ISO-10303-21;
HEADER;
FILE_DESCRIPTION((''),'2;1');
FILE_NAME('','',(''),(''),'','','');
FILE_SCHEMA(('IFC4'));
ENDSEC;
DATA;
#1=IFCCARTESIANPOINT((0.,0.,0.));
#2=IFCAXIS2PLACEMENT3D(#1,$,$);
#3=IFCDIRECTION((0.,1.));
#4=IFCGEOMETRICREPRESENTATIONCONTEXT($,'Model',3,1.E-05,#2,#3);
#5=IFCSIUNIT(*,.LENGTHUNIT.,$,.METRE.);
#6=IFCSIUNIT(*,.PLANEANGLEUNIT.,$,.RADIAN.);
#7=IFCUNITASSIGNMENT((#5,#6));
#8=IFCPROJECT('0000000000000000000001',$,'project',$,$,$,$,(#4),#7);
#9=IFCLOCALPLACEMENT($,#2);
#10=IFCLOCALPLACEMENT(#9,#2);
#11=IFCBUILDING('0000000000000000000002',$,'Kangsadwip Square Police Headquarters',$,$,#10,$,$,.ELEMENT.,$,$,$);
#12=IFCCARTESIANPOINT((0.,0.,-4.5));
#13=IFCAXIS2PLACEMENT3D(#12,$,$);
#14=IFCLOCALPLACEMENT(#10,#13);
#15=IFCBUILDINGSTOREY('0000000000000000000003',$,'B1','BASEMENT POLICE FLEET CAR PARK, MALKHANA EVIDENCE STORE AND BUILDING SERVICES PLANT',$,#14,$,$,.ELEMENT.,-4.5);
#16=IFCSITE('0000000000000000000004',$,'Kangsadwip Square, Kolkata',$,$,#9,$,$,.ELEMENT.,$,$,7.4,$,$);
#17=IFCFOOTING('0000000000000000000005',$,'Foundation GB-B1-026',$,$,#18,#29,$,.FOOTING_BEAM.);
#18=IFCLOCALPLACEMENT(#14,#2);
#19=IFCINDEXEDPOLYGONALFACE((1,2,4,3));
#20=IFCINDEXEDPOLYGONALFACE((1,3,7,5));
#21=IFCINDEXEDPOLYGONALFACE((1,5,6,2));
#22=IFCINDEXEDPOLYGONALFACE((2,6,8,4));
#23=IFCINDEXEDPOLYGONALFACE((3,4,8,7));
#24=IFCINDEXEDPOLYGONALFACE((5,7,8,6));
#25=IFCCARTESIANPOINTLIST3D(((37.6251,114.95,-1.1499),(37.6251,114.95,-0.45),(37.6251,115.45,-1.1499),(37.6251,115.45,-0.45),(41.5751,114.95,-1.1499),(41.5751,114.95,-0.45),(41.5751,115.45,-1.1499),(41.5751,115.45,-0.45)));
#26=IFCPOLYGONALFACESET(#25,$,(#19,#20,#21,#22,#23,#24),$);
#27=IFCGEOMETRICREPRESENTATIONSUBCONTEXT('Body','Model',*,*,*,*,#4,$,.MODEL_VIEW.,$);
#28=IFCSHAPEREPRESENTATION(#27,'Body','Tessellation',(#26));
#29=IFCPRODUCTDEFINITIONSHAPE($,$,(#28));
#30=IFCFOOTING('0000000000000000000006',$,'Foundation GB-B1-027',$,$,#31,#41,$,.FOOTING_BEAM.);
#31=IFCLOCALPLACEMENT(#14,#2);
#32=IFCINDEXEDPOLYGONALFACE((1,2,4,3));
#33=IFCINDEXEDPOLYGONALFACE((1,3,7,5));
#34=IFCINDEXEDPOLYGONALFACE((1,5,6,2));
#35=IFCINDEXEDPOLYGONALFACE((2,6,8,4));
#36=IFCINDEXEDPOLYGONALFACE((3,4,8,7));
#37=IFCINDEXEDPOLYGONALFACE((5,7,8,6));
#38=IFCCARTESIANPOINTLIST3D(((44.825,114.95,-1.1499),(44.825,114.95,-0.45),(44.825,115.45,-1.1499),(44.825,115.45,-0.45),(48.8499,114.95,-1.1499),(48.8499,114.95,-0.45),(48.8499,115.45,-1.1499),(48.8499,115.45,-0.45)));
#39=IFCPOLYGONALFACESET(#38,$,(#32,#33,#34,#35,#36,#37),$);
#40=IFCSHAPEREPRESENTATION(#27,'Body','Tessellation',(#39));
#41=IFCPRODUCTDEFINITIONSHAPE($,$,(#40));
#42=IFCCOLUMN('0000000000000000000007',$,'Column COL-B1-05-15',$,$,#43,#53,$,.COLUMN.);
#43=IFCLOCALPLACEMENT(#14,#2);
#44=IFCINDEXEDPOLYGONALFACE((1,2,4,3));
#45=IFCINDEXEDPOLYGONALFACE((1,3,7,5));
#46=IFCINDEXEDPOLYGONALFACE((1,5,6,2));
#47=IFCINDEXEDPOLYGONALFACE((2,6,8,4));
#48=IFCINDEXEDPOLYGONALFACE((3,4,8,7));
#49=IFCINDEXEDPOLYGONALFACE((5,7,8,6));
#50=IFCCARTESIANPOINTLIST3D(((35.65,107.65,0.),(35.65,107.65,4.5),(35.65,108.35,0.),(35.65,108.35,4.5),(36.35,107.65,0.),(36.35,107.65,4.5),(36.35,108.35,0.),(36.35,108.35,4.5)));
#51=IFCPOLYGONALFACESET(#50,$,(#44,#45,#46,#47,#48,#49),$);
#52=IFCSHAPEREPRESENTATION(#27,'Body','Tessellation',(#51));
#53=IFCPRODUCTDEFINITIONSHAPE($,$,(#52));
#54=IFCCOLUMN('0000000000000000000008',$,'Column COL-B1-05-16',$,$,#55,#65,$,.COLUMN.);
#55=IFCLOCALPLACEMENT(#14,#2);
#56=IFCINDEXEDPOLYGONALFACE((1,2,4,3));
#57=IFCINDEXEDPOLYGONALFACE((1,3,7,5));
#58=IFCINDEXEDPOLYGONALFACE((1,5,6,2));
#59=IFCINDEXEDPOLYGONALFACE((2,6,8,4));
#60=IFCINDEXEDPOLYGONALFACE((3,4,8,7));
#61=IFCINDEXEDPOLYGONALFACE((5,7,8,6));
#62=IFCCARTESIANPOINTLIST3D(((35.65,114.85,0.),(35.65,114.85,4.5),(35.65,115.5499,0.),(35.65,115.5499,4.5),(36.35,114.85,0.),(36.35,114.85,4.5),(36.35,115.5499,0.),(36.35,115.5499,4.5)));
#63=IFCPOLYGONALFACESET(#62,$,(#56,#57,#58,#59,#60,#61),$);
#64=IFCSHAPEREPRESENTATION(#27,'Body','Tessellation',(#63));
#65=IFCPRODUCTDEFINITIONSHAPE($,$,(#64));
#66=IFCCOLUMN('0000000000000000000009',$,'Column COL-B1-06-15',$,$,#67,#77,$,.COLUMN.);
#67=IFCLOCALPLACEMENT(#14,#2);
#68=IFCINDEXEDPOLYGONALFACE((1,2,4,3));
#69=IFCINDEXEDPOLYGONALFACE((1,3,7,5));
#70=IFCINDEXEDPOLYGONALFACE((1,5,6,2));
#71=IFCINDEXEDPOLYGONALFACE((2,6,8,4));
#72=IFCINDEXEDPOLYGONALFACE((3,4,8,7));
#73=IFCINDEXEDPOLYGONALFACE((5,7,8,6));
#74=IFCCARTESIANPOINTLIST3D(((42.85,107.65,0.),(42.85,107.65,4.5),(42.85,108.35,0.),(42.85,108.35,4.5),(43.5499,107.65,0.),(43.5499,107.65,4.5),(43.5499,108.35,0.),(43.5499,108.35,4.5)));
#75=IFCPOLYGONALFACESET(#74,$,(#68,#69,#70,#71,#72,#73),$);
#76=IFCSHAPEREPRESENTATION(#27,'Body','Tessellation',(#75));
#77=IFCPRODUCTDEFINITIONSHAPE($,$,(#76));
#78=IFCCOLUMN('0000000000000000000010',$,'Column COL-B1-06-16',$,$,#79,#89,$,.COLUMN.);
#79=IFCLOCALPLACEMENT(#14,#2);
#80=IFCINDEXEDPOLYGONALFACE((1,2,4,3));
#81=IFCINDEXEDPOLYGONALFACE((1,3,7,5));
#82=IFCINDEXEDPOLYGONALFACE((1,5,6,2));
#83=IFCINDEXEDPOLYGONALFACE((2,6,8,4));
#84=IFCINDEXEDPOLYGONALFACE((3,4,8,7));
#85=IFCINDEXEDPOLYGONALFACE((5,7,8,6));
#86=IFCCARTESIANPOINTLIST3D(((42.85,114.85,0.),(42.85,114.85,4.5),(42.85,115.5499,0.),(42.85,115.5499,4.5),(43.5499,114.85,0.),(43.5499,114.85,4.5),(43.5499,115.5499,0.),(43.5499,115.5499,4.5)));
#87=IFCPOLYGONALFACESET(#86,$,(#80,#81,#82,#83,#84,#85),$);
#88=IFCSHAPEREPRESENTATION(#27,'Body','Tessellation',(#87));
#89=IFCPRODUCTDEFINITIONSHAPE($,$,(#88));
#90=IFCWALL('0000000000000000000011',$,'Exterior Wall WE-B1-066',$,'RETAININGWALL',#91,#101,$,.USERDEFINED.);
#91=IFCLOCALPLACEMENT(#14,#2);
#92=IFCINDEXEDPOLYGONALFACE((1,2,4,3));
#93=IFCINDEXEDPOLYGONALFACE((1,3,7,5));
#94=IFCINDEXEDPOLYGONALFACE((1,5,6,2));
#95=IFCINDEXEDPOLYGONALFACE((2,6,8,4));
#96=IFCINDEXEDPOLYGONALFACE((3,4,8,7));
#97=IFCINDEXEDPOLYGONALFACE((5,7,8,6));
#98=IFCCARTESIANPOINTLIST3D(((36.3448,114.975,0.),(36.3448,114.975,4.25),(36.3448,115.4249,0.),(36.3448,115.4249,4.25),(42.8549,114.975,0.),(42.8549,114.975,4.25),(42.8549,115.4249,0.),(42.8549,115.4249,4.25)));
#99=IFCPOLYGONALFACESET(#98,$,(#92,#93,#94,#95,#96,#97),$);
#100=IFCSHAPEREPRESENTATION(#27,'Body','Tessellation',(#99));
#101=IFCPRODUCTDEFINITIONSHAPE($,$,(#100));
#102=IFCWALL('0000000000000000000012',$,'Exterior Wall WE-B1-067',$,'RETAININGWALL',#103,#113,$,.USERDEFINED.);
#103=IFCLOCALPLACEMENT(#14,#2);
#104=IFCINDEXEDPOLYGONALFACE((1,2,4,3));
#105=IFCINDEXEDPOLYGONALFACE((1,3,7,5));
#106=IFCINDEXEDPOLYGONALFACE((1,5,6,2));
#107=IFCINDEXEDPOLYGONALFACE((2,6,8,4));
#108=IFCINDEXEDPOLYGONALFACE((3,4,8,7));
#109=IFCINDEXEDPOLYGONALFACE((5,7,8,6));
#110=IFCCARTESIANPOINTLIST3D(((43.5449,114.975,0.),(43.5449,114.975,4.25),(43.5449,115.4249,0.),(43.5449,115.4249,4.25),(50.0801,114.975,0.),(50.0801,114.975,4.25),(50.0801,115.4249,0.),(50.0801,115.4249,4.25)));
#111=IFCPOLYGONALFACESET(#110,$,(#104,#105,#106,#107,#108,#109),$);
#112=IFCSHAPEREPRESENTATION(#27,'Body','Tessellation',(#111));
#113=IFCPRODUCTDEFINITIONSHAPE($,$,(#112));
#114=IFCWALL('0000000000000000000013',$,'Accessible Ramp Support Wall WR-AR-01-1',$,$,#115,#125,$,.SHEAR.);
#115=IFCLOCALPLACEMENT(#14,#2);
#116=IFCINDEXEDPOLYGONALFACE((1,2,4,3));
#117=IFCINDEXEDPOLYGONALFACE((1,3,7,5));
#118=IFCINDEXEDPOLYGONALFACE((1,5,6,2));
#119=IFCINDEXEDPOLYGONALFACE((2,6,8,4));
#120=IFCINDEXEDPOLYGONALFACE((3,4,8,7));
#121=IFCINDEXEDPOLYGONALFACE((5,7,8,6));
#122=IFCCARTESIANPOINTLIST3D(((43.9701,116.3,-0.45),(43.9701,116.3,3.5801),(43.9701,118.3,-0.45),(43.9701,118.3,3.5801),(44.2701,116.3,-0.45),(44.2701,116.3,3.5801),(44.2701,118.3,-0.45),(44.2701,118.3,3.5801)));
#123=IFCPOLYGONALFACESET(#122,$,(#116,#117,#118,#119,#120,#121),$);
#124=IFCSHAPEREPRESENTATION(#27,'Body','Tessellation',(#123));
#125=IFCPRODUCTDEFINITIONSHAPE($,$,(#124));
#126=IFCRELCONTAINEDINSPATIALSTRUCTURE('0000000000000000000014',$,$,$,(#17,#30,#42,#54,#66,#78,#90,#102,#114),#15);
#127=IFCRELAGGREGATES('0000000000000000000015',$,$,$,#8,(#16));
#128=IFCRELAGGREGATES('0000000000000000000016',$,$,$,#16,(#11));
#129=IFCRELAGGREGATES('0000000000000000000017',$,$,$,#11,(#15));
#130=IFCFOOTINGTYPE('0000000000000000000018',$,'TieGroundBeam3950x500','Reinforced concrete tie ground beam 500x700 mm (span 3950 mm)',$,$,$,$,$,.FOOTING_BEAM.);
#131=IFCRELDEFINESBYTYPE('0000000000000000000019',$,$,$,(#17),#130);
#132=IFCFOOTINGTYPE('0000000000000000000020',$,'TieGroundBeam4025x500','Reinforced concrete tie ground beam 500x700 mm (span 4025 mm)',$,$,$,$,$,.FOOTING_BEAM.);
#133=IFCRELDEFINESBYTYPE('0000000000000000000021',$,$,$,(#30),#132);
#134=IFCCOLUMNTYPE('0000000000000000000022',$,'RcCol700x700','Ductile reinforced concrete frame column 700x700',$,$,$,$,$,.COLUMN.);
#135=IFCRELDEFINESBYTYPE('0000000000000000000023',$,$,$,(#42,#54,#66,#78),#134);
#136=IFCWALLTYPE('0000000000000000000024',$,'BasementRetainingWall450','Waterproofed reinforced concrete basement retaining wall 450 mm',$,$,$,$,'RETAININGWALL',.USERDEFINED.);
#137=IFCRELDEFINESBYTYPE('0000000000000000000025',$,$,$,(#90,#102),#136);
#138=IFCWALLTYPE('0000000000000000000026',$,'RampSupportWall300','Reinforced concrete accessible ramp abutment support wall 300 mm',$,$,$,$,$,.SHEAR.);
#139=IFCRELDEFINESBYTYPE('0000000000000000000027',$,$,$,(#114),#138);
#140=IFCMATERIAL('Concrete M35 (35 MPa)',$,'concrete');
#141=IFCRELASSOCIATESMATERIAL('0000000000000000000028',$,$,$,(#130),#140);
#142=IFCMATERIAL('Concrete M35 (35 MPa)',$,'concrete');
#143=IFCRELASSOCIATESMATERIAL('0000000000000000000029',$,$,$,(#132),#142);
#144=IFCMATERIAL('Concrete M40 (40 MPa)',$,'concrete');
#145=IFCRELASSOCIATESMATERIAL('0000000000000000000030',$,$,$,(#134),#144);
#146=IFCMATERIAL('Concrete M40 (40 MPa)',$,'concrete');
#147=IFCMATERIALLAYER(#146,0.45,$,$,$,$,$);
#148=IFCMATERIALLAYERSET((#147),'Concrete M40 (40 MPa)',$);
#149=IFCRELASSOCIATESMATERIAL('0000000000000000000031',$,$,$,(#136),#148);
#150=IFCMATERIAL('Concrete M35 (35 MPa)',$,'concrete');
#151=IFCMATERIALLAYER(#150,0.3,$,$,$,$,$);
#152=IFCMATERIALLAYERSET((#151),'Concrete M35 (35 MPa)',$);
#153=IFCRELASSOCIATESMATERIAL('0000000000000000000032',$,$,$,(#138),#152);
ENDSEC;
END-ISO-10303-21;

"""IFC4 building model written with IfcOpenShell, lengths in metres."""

from ifc_helpers import new_model, si_unit, direction, frame, frame_2d, origin, origin_2d, place, context, subcontext, project, spatial, rectangle, extrude, material, layer, layer_set, material_profile, profile_set, type_object, element, save


model = new_model("IFC4")

# Units and contexts
model_context = context("Model", 3, precision=1e-05, world=origin(), true_north=direction((0.0, 1.0)))
body_context = subcontext(model_context, "Body", "Model", "MODEL_VIEW")
ifc_project = project(units=[si_unit("LENGTHUNIT", "METRE"), si_unit("PLANEANGLEUNIT", "RADIAN")], contexts=[model_context])

# Site, building, storey
site_placement = place(None, origin())
site = spatial("IfcSite", under=ifc_project, at=site_placement, Name="Kangsadwip Square, Kolkata", CompositionType="ELEMENT", RefElevation=7.4)
building_placement = place(site_placement, origin())
building = spatial("IfcBuilding", under=site, at=building_placement, Name="Kangsadwip Square Police Headquarters", CompositionType="ELEMENT")
storey_placement = place(building_placement, frame((0.0, 0.0, -4.5)))
storey = spatial("IfcBuildingStorey", under=building, at=storey_placement, Name="B1", Description="BASEMENT POLICE FLEET CAR PARK, MALKHANA EVIDENCE STORE AND BUILDING SERVICES PLANT", CompositionType="ELEMENT", Elevation=-4.5)

# Footings
ifc_material_1 = material(Name="Concrete M35 (35 MPa)", Category="concrete")
footing_type_1 = type_object("IfcFootingType", Name="TieGroundBeam3950x500", Description="Reinforced concrete tie ground beam 500x700 mm (span 3950 mm)", PredefinedType="FOOTING_BEAM", material=ifc_material_1)
footing_1_placement = place(storey_placement, frame((39.6001, 115.2, -1.1499), z_axis=(0.0, 0.0, 1.0), x_axis=(1.0, 0.0, 0.0)))
element("IfcFooting", 1, at=footing_1_placement, inside=storey, type_object=footing_type_1, Name="Foundation GB-B1-026", PredefinedType="FOOTING_BEAM", context=body_context, shape_type="SweptSolid", body=[
    extrude(rectangle(XDim=3.95, YDim=0.5, at=origin_2d()), origin(), (0.0, 0.0, 1.0), 0.7),
])
ifc_material_2 = material(Name="Concrete M35 (35 MPa)", Category="concrete")
footing_type_2 = type_object("IfcFootingType", Name="TieGroundBeam4025x500", Description="Reinforced concrete tie ground beam 500x700 mm (span 4025 mm)", PredefinedType="FOOTING_BEAM", material=ifc_material_2)
footing_2_placement = place(storey_placement, frame((46.8374, 115.2, -1.1499), z_axis=(0.0, 0.0, 1.0), x_axis=(1.0, 0.0, 0.0)))
element("IfcFooting", 2, at=footing_2_placement, inside=storey, type_object=footing_type_2, Name="Foundation GB-B1-027", PredefinedType="FOOTING_BEAM", context=body_context, shape_type="SweptSolid", body=[
    extrude(rectangle(XDim=4.0249, YDim=0.5, at=origin_2d()), origin(), (0.0, 0.0, 1.0), 0.7),
])

# Columns
ifc_material_3 = material(Name="Concrete M40 (40 MPa)", Category="concrete")
ifc_material_profile_1 = material_profile(ifc_material_3, rectangle(XDim=0.7, YDim=0.7, at=origin_2d()), Name="RC COL 700X700")
ifc_profile_set_1 = profile_set([ifc_material_profile_1], Name="Concrete M40 (40 MPa)")
column_type = type_object("IfcColumnType", Name="RcCol700x700", Description="Ductile reinforced concrete frame column 700x700", PredefinedType="COLUMN", material=ifc_profile_set_1)
for number, where, z_axis, x_axis, name in (
    (3, (36.0, 108.0, 0.0), (0.0, 0.0, 1.0), (1.0, 0.0, 0.0), "Column COL-B1-05-15"),
    (4, (36.0, 115.2, 0.0), (0.0, 0.0, 1.0), (1.0, 0.0, 0.0), "Column COL-B1-05-16"),
    (5, (43.2, 108.0, 0.0), (0.0, 0.0, 1.0), (1.0, 0.0, 0.0), "Column COL-B1-06-15"),
    (6, (43.2, 115.2, 0.0), (0.0, 0.0, 1.0), (1.0, 0.0, 0.0), "Column COL-B1-06-16"),
):
    element("IfcColumn", number, at=place(storey_placement, frame(where, z_axis=z_axis, x_axis=x_axis)), inside=storey, type_object=column_type, Name=name, PredefinedType="COLUMN", context=body_context, shape_type="SweptSolid", body=[
        extrude(rectangle(XDim=0.7, YDim=0.7, at=origin_2d()), origin(), (0.0, 0.0, 1.0), 4.5),
    ])

# Walls
ifc_material_4 = material(Name="Concrete M40 (40 MPa)", Category="concrete")
ifc_layer_1 = layer(ifc_material_4, 0.45)
ifc_layer_set_1 = layer_set([ifc_layer_1], Name="Concrete M40 (40 MPa)")
wall_type_1 = type_object("IfcWallType", Name="BasementRetainingWall450", Description="Waterproofed reinforced concrete basement retaining wall 450 mm", ElementType="RETAININGWALL", PredefinedType="USERDEFINED", material=ifc_layer_set_1)
wall_1_placement = place(storey_placement, frame((36.345, 115.2, 0.0), z_axis=(0.0, 0.0, 1.0), x_axis=(1.0, 0.0, 0.0)))
element("IfcWall", 7, at=wall_1_placement, inside=storey, type_object=wall_type_1, Name="Exterior Wall WE-B1-066", ObjectType="RETAININGWALL", PredefinedType="USERDEFINED", context=body_context, shape_type="SweptSolid", body=[
    extrude(rectangle(XDim=6.51, YDim=0.45, at=frame_2d((3.2549, 0.0))), origin(), (0.0, 0.0, 1.0), 4.25),
])
wall_2_placement = place(storey_placement, frame((43.5449, 115.2, 0.0), z_axis=(0.0, 0.0, 1.0), x_axis=(1.0, 0.0, 0.0)))
element("IfcWall", 8, at=wall_2_placement, inside=storey, type_object=wall_type_1, Name="Exterior Wall WE-B1-067", ObjectType="RETAININGWALL", PredefinedType="USERDEFINED", context=body_context, shape_type="SweptSolid", body=[
    extrude(rectangle(XDim=6.5352, YDim=0.45, at=frame_2d((3.2676, 0.0))), origin(), (0.0, 0.0, 1.0), 4.25),
])
ifc_material_5 = material(Name="Concrete M35 (35 MPa)", Category="concrete")
ifc_layer_2 = layer(ifc_material_5, 0.3)
ifc_layer_set_2 = layer_set([ifc_layer_2], Name="Concrete M35 (35 MPa)")
wall_type_2 = type_object("IfcWallType", Name="RampSupportWall300", Description="Reinforced concrete accessible ramp abutment support wall 300 mm", PredefinedType="SHEAR", material=ifc_layer_set_2)
wall_3_placement = place(storey_placement, frame((44.1201, 116.3, -0.45), z_axis=(0.0, 0.0, 1.0), x_axis=(0.0, 1.0, 0.0)))
element("IfcWall", 9, at=wall_3_placement, inside=storey, type_object=wall_type_2, Name="Accessible Ramp Support Wall WR-AR-01-1", PredefinedType="SHEAR", context=body_context, shape_type="SweptSolid", body=[
    extrude(rectangle(XDim=2.0, YDim=0.3, at=frame_2d((1.0, 0.0))), origin(), (0.0, 0.0, 1.0), 4.03),
])

save(model, "model.ifc")
